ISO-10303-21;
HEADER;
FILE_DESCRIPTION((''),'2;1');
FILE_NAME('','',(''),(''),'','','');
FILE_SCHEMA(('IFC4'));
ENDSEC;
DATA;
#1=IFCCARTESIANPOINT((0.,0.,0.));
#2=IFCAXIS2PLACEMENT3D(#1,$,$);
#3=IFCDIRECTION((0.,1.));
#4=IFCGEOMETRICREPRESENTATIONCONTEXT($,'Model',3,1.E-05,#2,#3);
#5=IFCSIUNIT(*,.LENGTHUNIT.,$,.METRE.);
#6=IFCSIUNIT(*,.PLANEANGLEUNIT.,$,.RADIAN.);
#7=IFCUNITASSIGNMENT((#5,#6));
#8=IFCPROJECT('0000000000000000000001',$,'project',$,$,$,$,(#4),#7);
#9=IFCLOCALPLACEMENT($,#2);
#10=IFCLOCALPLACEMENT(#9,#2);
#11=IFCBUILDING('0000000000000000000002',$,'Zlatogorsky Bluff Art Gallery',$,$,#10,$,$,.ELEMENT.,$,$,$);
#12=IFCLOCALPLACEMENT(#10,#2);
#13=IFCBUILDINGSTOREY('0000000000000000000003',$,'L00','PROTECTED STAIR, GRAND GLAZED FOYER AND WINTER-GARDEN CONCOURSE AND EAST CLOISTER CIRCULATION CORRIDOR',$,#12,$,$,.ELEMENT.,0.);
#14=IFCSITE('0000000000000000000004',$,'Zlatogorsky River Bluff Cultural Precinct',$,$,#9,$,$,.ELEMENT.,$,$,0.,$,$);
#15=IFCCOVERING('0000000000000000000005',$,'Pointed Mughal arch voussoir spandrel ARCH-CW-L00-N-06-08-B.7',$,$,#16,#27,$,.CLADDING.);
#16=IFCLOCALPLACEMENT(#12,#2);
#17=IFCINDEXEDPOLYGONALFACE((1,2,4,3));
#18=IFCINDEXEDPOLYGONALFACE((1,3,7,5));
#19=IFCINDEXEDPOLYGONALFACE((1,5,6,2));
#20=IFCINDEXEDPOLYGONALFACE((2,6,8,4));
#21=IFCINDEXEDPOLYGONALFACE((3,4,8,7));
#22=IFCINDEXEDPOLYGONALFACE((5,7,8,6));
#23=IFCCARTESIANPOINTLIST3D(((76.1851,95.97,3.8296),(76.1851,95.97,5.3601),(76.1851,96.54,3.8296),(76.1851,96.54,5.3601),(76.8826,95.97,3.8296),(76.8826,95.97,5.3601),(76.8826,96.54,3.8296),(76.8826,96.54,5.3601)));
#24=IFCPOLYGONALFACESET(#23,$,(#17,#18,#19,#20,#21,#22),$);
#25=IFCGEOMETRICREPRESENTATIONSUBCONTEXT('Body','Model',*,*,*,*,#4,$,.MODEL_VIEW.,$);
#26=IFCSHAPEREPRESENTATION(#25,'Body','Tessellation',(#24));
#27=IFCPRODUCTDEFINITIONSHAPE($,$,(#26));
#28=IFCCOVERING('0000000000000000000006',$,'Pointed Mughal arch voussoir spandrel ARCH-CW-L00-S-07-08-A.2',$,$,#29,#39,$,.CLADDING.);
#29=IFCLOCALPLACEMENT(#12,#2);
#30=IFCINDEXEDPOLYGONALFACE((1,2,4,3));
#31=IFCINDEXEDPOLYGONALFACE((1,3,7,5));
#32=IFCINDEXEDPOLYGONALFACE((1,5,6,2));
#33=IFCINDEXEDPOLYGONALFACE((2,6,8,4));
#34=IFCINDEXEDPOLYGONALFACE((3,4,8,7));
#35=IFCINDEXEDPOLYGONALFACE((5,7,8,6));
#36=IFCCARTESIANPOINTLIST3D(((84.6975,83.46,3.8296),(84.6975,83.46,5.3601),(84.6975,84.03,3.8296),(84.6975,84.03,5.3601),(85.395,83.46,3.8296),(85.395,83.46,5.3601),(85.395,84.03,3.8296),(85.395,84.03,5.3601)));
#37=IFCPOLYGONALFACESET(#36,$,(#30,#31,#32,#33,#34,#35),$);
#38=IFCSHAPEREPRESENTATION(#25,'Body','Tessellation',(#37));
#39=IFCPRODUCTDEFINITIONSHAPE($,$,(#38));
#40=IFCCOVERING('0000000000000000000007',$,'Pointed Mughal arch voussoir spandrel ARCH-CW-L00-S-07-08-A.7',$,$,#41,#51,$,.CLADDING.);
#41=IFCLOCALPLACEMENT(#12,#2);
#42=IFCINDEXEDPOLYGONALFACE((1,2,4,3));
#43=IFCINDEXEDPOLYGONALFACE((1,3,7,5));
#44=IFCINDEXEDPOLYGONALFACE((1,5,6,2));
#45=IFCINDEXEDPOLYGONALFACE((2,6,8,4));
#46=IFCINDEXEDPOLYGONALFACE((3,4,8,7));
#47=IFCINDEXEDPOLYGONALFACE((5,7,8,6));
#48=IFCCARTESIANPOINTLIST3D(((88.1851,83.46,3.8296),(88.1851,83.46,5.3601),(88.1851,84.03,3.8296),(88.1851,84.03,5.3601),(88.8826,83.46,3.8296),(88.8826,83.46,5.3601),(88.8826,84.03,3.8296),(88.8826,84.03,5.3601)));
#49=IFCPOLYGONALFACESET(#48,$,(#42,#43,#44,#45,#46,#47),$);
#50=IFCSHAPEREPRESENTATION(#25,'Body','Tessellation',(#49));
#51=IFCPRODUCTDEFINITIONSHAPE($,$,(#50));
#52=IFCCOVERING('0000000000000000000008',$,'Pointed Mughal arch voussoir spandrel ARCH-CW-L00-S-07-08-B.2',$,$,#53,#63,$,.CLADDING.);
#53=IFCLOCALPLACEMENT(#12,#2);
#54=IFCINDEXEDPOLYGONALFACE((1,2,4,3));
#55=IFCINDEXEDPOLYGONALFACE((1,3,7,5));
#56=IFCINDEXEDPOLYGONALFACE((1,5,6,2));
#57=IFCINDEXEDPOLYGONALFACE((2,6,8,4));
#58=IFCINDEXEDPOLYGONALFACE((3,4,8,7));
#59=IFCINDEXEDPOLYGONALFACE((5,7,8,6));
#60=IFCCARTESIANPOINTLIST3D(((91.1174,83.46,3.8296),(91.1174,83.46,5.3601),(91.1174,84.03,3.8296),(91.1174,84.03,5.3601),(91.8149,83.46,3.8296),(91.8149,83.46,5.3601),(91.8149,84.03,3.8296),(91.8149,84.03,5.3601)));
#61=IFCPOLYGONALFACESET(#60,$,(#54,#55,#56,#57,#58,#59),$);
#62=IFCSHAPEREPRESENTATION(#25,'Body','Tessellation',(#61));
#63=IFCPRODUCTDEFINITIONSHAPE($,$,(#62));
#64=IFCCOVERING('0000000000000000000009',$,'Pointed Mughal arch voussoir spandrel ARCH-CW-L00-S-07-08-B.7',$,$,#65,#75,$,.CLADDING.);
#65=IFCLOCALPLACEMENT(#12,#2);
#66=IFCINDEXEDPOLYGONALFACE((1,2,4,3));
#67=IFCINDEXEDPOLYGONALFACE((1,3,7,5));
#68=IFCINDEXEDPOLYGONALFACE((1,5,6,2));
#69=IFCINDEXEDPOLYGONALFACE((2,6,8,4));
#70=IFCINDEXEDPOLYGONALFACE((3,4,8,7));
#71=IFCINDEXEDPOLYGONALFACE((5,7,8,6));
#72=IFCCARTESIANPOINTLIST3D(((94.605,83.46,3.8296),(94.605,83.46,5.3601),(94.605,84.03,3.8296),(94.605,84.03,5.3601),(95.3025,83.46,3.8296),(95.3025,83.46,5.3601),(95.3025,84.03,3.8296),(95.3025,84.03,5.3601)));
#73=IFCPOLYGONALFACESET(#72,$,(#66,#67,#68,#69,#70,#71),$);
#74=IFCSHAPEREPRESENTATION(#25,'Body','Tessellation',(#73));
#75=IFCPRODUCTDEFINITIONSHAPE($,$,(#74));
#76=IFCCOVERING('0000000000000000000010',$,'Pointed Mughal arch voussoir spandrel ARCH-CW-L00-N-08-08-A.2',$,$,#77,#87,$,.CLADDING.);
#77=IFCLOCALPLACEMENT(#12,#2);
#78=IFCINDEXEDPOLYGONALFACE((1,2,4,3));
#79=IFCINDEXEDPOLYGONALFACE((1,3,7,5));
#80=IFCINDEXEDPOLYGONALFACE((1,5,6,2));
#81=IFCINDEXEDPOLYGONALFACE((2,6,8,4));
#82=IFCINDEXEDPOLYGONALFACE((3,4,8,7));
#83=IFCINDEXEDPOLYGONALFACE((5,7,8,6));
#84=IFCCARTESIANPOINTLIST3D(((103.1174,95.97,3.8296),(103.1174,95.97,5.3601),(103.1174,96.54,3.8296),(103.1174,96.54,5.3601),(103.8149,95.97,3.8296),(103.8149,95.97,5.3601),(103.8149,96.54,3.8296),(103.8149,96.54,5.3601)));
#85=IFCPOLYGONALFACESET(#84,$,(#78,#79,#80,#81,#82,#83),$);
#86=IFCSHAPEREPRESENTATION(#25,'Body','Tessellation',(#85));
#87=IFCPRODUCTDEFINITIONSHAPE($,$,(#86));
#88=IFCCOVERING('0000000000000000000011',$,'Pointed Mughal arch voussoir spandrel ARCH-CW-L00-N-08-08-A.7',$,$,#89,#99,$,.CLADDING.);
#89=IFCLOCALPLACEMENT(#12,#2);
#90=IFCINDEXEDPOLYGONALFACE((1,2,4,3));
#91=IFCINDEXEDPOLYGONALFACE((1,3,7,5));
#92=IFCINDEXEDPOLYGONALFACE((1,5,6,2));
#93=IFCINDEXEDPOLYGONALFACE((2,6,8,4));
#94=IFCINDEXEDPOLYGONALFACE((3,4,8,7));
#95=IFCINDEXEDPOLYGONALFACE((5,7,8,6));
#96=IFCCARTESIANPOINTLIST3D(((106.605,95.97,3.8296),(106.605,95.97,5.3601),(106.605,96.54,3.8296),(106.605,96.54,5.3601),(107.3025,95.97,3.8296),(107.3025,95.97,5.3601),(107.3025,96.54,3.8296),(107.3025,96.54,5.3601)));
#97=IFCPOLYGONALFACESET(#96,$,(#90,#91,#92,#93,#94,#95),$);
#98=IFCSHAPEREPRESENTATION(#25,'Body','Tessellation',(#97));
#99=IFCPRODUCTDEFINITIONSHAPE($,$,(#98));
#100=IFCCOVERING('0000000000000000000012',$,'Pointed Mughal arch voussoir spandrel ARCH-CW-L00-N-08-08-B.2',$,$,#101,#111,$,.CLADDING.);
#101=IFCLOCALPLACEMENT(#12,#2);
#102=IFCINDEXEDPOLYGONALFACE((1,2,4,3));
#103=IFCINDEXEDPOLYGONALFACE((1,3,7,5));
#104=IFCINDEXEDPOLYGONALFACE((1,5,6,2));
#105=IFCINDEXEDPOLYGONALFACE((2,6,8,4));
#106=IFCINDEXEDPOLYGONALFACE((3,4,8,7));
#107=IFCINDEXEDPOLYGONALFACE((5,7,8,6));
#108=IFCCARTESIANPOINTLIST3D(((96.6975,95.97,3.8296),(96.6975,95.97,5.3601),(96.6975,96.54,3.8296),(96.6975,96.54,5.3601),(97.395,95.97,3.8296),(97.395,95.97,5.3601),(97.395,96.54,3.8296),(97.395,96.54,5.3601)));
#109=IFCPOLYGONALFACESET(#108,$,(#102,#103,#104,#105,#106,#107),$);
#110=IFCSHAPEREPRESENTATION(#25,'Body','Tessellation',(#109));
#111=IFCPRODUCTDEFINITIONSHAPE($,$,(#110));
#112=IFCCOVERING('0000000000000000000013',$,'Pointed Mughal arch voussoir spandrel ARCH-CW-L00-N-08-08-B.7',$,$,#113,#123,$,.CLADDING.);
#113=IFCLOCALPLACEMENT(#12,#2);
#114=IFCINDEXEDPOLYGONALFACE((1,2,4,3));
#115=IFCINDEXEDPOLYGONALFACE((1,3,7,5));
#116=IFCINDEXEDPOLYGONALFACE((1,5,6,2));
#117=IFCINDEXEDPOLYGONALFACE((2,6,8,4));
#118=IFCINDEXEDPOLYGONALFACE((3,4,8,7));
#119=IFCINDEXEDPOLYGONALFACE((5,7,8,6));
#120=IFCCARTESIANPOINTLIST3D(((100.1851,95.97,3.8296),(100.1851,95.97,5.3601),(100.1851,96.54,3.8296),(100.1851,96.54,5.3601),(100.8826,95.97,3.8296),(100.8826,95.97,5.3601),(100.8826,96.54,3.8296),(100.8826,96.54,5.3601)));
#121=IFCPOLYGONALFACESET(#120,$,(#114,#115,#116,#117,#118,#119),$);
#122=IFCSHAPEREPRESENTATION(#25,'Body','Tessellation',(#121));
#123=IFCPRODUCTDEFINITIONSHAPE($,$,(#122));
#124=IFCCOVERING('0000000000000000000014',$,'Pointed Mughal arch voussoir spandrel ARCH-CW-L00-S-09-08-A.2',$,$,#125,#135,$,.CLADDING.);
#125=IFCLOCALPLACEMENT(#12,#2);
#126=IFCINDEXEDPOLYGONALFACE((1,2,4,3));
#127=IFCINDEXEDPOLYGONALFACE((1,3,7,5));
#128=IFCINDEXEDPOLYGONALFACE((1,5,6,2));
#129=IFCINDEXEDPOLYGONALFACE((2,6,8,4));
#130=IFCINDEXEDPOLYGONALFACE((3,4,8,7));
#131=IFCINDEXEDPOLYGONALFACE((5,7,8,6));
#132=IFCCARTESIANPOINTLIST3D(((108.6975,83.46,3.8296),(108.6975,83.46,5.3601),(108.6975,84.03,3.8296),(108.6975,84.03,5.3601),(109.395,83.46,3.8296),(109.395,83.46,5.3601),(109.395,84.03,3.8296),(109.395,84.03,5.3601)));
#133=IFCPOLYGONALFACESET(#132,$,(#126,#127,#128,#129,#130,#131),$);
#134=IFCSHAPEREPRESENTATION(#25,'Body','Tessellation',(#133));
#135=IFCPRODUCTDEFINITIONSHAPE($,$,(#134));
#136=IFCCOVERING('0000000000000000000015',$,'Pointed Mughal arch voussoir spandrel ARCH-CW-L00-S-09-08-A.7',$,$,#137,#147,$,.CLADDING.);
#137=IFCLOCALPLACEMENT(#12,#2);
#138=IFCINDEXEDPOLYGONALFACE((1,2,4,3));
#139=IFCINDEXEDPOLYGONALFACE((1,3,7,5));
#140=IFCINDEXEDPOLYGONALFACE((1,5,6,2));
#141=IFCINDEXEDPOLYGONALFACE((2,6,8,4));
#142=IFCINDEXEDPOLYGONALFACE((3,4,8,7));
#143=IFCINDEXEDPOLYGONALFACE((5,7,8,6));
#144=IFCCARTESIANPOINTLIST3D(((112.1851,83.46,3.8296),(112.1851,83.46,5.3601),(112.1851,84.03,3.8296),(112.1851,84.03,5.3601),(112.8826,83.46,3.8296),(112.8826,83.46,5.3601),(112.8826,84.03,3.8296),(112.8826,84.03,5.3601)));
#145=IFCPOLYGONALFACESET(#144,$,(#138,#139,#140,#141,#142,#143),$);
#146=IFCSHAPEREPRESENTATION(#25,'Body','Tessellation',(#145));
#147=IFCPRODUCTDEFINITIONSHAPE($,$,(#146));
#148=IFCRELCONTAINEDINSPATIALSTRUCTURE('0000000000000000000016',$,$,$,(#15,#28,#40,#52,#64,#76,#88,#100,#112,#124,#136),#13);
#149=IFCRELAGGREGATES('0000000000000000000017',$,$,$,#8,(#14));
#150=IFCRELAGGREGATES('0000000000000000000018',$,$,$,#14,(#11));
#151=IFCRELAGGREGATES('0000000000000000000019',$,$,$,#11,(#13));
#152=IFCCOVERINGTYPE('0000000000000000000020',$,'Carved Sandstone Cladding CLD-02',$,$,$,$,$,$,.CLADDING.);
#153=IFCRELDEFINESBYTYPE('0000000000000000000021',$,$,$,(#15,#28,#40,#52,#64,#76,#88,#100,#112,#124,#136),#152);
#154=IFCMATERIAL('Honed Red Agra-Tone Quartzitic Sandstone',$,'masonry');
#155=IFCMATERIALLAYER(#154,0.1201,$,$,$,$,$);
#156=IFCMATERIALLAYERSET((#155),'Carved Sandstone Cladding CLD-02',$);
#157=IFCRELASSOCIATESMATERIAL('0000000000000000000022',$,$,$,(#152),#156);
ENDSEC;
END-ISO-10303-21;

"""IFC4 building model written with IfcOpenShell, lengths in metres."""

from ifc_helpers import new_model, si_unit, direction, frame, origin, place, context, subcontext, project, spatial, polyline, outline, extrude, material, layer, layer_set, type_object, element, save


model = new_model("IFC4")

# Units and contexts
model_context = context("Model", 3, precision=1e-05, world=origin(), true_north=direction((0.0, 1.0)))
body_context = subcontext(model_context, "Body", "Model", "MODEL_VIEW")
ifc_project = project(units=[si_unit("LENGTHUNIT", "METRE"), si_unit("PLANEANGLEUNIT", "RADIAN")], contexts=[model_context])

# Site, building, storey
site_placement = place(None, origin())
site = spatial("IfcSite", under=ifc_project, at=site_placement, Name="Zlatogorsky River Bluff Cultural Precinct", CompositionType="ELEMENT", RefElevation=0.0)
building_placement = place(site_placement, origin())
building = spatial("IfcBuilding", under=site, at=building_placement, Name="Zlatogorsky Bluff Art Gallery", CompositionType="ELEMENT")
storey_placement = place(building_placement, origin())
storey = spatial("IfcBuildingStorey", under=building, at=storey_placement, Name="L00", Description="PROTECTED STAIR, GRAND GLAZED FOYER AND WINTER-GARDEN CONCOURSE AND EAST CLOISTER CIRCULATION CORRIDOR", CompositionType="ELEMENT", Elevation=0.0)

# Coverings
ifc_material = material(Name="Honed Red Agra-Tone Quartzitic Sandstone", Category="masonry")
ifc_layer = layer(ifc_material, 0.1201)
ifc_layer_set = layer_set([ifc_layer], Name="Carved Sandstone Cladding CLD-02")
covering_type = type_object("IfcCoveringType", Name="Carved Sandstone Cladding CLD-02", PredefinedType="CLADDING", material=ifc_layer_set)
covering_1_placement = place(storey_placement, frame((0.0, 0.0, 3.8296)))
element("IfcCovering", 1, at=covering_1_placement, inside=storey, type_object=covering_type, Name="Pointed Mughal arch voussoir spandrel ARCH-CW-L00-N-06-08-B.7", PredefinedType="CLADDING", context=body_context, shape_type="SweptSolid", body=[
    extrude(outline(polyline([(76.1851, 95.97), (76.8826, 95.97), (76.8826, 96.54), (76.1851, 96.54), (76.1851, 95.97)])), origin(), (0.0, 0.0, 1.0), 1.5305),
])
covering_2_placement = place(storey_placement, frame((0.0, 0.0, 3.8296)))
element("IfcCovering", 2, at=covering_2_placement, inside=storey, type_object=covering_type, Name="Pointed Mughal arch voussoir spandrel ARCH-CW-L00-S-07-08-A.2", PredefinedType="CLADDING", context=body_context, shape_type="SweptSolid", body=[
    extrude(outline(polyline([(84.6975, 83.46), (85.395, 83.46), (85.395, 84.03), (84.6975, 84.03), (84.6975, 83.46)])), origin(), (0.0, 0.0, 1.0), 1.5305),
])
covering_3_placement = place(storey_placement, frame((0.0, 0.0, 3.8296)))
element("IfcCovering", 3, at=covering_3_placement, inside=storey, type_object=covering_type, Name="Pointed Mughal arch voussoir spandrel ARCH-CW-L00-S-07-08-A.7", PredefinedType="CLADDING", context=body_context, shape_type="SweptSolid", body=[
    extrude(outline(polyline([(88.1851, 83.46), (88.8826, 83.46), (88.8826, 84.03), (88.1851, 84.03), (88.1851, 83.46)])), origin(), (0.0, 0.0, 1.0), 1.5305),
])
covering_4_placement = place(storey_placement, frame((0.0, 0.0, 3.8296)))
element("IfcCovering", 4, at=covering_4_placement, inside=storey, type_object=covering_type, Name="Pointed Mughal arch voussoir spandrel ARCH-CW-L00-S-07-08-B.2", PredefinedType="CLADDING", context=body_context, shape_type="SweptSolid", body=[
    extrude(outline(polyline([(91.1174, 83.46), (91.8149, 83.46), (91.8149, 84.03), (91.1174, 84.03), (91.1174, 83.46)])), origin(), (0.0, 0.0, 1.0), 1.5305),
])
covering_5_placement = place(storey_placement, frame((0.0, 0.0, 3.8296)))
element("IfcCovering", 5, at=covering_5_placement, inside=storey, type_object=covering_type, Name="Pointed Mughal arch voussoir spandrel ARCH-CW-L00-S-07-08-B.7", PredefinedType="CLADDING", context=body_context, shape_type="SweptSolid", body=[
    extrude(outline(polyline([(94.605, 83.46), (95.3025, 83.46), (95.3025, 84.03), (94.605, 84.03), (94.605, 83.46)])), origin(), (0.0, 0.0, 1.0), 1.5305),
])
covering_6_placement = place(storey_placement, frame((0.0, 0.0, 3.8296)))
element("IfcCovering", 6, at=covering_6_placement, inside=storey, type_object=covering_type, Name="Pointed Mughal arch voussoir spandrel ARCH-CW-L00-N-08-08-A.2", PredefinedType="CLADDING", context=body_context, shape_type="SweptSolid", body=[
    extrude(outline(polyline([(103.1174, 95.97), (103.8149, 95.97), (103.8149, 96.54), (103.1174, 96.54), (103.1174, 95.97)])), origin(), (0.0, 0.0, 1.0), 1.5305),
])
covering_7_placement = place(storey_placement, frame((0.0, 0.0, 3.8296)))
element("IfcCovering", 7, at=covering_7_placement, inside=storey, type_object=covering_type, Name="Pointed Mughal arch voussoir spandrel ARCH-CW-L00-N-08-08-A.7", PredefinedType="CLADDING", context=body_context, shape_type="SweptSolid", body=[
    extrude(outline(polyline([(106.605, 95.97), (107.3025, 95.97), (107.3025, 96.54), (106.605, 96.54), (106.605, 95.97)])), origin(), (0.0, 0.0, 1.0), 1.5305),
])
covering_8_placement = place(storey_placement, frame((0.0, 0.0, 3.8296)))
element("IfcCovering", 8, at=covering_8_placement, inside=storey, type_object=covering_type, Name="Pointed Mughal arch voussoir spandrel ARCH-CW-L00-N-08-08-B.2", PredefinedType="CLADDING", context=body_context, shape_type="SweptSolid", body=[
    extrude(outline(polyline([(96.6975, 95.97), (97.395, 95.97), (97.395, 96.54), (96.6975, 96.54), (96.6975, 95.97)])), origin(), (0.0, 0.0, 1.0), 1.5305),
])
covering_9_placement = place(storey_placement, frame((0.0, 0.0, 3.8296)))
element("IfcCovering", 9, at=covering_9_placement, inside=storey, type_object=covering_type, Name="Pointed Mughal arch voussoir spandrel ARCH-CW-L00-N-08-08-B.7", PredefinedType="CLADDING", context=body_context, shape_type="SweptSolid", body=[
    extrude(outline(polyline([(100.1851, 95.97), (100.8826, 95.97), (100.8826, 96.54), (100.1851, 96.54), (100.1851, 95.97)])), origin(), (0.0, 0.0, 1.0), 1.5305),
])
covering_10_placement = place(storey_placement, frame((0.0, 0.0, 3.8296)))
element("IfcCovering", 10, at=covering_10_placement, inside=storey, type_object=covering_type, Name="Pointed Mughal arch voussoir spandrel ARCH-CW-L00-S-09-08-A.2", PredefinedType="CLADDING", context=body_context, shape_type="SweptSolid", body=[
    extrude(outline(polyline([(108.6975, 83.46), (109.395, 83.46), (109.395, 84.03), (108.6975, 84.03), (108.6975, 83.46)])), origin(), (0.0, 0.0, 1.0), 1.5305),
])
covering_11_placement = place(storey_placement, frame((0.0, 0.0, 3.8296)))
element("IfcCovering", 11, at=covering_11_placement, inside=storey, type_object=covering_type, Name="Pointed Mughal arch voussoir spandrel ARCH-CW-L00-S-09-08-A.7", PredefinedType="CLADDING", context=body_context, shape_type="SweptSolid", body=[
    extrude(outline(polyline([(112.1851, 83.46), (112.8826, 83.46), (112.8826, 84.03), (112.1851, 84.03), (112.1851, 83.46)])), origin(), (0.0, 0.0, 1.0), 1.5305),
])

save(model, "model.ifc")
